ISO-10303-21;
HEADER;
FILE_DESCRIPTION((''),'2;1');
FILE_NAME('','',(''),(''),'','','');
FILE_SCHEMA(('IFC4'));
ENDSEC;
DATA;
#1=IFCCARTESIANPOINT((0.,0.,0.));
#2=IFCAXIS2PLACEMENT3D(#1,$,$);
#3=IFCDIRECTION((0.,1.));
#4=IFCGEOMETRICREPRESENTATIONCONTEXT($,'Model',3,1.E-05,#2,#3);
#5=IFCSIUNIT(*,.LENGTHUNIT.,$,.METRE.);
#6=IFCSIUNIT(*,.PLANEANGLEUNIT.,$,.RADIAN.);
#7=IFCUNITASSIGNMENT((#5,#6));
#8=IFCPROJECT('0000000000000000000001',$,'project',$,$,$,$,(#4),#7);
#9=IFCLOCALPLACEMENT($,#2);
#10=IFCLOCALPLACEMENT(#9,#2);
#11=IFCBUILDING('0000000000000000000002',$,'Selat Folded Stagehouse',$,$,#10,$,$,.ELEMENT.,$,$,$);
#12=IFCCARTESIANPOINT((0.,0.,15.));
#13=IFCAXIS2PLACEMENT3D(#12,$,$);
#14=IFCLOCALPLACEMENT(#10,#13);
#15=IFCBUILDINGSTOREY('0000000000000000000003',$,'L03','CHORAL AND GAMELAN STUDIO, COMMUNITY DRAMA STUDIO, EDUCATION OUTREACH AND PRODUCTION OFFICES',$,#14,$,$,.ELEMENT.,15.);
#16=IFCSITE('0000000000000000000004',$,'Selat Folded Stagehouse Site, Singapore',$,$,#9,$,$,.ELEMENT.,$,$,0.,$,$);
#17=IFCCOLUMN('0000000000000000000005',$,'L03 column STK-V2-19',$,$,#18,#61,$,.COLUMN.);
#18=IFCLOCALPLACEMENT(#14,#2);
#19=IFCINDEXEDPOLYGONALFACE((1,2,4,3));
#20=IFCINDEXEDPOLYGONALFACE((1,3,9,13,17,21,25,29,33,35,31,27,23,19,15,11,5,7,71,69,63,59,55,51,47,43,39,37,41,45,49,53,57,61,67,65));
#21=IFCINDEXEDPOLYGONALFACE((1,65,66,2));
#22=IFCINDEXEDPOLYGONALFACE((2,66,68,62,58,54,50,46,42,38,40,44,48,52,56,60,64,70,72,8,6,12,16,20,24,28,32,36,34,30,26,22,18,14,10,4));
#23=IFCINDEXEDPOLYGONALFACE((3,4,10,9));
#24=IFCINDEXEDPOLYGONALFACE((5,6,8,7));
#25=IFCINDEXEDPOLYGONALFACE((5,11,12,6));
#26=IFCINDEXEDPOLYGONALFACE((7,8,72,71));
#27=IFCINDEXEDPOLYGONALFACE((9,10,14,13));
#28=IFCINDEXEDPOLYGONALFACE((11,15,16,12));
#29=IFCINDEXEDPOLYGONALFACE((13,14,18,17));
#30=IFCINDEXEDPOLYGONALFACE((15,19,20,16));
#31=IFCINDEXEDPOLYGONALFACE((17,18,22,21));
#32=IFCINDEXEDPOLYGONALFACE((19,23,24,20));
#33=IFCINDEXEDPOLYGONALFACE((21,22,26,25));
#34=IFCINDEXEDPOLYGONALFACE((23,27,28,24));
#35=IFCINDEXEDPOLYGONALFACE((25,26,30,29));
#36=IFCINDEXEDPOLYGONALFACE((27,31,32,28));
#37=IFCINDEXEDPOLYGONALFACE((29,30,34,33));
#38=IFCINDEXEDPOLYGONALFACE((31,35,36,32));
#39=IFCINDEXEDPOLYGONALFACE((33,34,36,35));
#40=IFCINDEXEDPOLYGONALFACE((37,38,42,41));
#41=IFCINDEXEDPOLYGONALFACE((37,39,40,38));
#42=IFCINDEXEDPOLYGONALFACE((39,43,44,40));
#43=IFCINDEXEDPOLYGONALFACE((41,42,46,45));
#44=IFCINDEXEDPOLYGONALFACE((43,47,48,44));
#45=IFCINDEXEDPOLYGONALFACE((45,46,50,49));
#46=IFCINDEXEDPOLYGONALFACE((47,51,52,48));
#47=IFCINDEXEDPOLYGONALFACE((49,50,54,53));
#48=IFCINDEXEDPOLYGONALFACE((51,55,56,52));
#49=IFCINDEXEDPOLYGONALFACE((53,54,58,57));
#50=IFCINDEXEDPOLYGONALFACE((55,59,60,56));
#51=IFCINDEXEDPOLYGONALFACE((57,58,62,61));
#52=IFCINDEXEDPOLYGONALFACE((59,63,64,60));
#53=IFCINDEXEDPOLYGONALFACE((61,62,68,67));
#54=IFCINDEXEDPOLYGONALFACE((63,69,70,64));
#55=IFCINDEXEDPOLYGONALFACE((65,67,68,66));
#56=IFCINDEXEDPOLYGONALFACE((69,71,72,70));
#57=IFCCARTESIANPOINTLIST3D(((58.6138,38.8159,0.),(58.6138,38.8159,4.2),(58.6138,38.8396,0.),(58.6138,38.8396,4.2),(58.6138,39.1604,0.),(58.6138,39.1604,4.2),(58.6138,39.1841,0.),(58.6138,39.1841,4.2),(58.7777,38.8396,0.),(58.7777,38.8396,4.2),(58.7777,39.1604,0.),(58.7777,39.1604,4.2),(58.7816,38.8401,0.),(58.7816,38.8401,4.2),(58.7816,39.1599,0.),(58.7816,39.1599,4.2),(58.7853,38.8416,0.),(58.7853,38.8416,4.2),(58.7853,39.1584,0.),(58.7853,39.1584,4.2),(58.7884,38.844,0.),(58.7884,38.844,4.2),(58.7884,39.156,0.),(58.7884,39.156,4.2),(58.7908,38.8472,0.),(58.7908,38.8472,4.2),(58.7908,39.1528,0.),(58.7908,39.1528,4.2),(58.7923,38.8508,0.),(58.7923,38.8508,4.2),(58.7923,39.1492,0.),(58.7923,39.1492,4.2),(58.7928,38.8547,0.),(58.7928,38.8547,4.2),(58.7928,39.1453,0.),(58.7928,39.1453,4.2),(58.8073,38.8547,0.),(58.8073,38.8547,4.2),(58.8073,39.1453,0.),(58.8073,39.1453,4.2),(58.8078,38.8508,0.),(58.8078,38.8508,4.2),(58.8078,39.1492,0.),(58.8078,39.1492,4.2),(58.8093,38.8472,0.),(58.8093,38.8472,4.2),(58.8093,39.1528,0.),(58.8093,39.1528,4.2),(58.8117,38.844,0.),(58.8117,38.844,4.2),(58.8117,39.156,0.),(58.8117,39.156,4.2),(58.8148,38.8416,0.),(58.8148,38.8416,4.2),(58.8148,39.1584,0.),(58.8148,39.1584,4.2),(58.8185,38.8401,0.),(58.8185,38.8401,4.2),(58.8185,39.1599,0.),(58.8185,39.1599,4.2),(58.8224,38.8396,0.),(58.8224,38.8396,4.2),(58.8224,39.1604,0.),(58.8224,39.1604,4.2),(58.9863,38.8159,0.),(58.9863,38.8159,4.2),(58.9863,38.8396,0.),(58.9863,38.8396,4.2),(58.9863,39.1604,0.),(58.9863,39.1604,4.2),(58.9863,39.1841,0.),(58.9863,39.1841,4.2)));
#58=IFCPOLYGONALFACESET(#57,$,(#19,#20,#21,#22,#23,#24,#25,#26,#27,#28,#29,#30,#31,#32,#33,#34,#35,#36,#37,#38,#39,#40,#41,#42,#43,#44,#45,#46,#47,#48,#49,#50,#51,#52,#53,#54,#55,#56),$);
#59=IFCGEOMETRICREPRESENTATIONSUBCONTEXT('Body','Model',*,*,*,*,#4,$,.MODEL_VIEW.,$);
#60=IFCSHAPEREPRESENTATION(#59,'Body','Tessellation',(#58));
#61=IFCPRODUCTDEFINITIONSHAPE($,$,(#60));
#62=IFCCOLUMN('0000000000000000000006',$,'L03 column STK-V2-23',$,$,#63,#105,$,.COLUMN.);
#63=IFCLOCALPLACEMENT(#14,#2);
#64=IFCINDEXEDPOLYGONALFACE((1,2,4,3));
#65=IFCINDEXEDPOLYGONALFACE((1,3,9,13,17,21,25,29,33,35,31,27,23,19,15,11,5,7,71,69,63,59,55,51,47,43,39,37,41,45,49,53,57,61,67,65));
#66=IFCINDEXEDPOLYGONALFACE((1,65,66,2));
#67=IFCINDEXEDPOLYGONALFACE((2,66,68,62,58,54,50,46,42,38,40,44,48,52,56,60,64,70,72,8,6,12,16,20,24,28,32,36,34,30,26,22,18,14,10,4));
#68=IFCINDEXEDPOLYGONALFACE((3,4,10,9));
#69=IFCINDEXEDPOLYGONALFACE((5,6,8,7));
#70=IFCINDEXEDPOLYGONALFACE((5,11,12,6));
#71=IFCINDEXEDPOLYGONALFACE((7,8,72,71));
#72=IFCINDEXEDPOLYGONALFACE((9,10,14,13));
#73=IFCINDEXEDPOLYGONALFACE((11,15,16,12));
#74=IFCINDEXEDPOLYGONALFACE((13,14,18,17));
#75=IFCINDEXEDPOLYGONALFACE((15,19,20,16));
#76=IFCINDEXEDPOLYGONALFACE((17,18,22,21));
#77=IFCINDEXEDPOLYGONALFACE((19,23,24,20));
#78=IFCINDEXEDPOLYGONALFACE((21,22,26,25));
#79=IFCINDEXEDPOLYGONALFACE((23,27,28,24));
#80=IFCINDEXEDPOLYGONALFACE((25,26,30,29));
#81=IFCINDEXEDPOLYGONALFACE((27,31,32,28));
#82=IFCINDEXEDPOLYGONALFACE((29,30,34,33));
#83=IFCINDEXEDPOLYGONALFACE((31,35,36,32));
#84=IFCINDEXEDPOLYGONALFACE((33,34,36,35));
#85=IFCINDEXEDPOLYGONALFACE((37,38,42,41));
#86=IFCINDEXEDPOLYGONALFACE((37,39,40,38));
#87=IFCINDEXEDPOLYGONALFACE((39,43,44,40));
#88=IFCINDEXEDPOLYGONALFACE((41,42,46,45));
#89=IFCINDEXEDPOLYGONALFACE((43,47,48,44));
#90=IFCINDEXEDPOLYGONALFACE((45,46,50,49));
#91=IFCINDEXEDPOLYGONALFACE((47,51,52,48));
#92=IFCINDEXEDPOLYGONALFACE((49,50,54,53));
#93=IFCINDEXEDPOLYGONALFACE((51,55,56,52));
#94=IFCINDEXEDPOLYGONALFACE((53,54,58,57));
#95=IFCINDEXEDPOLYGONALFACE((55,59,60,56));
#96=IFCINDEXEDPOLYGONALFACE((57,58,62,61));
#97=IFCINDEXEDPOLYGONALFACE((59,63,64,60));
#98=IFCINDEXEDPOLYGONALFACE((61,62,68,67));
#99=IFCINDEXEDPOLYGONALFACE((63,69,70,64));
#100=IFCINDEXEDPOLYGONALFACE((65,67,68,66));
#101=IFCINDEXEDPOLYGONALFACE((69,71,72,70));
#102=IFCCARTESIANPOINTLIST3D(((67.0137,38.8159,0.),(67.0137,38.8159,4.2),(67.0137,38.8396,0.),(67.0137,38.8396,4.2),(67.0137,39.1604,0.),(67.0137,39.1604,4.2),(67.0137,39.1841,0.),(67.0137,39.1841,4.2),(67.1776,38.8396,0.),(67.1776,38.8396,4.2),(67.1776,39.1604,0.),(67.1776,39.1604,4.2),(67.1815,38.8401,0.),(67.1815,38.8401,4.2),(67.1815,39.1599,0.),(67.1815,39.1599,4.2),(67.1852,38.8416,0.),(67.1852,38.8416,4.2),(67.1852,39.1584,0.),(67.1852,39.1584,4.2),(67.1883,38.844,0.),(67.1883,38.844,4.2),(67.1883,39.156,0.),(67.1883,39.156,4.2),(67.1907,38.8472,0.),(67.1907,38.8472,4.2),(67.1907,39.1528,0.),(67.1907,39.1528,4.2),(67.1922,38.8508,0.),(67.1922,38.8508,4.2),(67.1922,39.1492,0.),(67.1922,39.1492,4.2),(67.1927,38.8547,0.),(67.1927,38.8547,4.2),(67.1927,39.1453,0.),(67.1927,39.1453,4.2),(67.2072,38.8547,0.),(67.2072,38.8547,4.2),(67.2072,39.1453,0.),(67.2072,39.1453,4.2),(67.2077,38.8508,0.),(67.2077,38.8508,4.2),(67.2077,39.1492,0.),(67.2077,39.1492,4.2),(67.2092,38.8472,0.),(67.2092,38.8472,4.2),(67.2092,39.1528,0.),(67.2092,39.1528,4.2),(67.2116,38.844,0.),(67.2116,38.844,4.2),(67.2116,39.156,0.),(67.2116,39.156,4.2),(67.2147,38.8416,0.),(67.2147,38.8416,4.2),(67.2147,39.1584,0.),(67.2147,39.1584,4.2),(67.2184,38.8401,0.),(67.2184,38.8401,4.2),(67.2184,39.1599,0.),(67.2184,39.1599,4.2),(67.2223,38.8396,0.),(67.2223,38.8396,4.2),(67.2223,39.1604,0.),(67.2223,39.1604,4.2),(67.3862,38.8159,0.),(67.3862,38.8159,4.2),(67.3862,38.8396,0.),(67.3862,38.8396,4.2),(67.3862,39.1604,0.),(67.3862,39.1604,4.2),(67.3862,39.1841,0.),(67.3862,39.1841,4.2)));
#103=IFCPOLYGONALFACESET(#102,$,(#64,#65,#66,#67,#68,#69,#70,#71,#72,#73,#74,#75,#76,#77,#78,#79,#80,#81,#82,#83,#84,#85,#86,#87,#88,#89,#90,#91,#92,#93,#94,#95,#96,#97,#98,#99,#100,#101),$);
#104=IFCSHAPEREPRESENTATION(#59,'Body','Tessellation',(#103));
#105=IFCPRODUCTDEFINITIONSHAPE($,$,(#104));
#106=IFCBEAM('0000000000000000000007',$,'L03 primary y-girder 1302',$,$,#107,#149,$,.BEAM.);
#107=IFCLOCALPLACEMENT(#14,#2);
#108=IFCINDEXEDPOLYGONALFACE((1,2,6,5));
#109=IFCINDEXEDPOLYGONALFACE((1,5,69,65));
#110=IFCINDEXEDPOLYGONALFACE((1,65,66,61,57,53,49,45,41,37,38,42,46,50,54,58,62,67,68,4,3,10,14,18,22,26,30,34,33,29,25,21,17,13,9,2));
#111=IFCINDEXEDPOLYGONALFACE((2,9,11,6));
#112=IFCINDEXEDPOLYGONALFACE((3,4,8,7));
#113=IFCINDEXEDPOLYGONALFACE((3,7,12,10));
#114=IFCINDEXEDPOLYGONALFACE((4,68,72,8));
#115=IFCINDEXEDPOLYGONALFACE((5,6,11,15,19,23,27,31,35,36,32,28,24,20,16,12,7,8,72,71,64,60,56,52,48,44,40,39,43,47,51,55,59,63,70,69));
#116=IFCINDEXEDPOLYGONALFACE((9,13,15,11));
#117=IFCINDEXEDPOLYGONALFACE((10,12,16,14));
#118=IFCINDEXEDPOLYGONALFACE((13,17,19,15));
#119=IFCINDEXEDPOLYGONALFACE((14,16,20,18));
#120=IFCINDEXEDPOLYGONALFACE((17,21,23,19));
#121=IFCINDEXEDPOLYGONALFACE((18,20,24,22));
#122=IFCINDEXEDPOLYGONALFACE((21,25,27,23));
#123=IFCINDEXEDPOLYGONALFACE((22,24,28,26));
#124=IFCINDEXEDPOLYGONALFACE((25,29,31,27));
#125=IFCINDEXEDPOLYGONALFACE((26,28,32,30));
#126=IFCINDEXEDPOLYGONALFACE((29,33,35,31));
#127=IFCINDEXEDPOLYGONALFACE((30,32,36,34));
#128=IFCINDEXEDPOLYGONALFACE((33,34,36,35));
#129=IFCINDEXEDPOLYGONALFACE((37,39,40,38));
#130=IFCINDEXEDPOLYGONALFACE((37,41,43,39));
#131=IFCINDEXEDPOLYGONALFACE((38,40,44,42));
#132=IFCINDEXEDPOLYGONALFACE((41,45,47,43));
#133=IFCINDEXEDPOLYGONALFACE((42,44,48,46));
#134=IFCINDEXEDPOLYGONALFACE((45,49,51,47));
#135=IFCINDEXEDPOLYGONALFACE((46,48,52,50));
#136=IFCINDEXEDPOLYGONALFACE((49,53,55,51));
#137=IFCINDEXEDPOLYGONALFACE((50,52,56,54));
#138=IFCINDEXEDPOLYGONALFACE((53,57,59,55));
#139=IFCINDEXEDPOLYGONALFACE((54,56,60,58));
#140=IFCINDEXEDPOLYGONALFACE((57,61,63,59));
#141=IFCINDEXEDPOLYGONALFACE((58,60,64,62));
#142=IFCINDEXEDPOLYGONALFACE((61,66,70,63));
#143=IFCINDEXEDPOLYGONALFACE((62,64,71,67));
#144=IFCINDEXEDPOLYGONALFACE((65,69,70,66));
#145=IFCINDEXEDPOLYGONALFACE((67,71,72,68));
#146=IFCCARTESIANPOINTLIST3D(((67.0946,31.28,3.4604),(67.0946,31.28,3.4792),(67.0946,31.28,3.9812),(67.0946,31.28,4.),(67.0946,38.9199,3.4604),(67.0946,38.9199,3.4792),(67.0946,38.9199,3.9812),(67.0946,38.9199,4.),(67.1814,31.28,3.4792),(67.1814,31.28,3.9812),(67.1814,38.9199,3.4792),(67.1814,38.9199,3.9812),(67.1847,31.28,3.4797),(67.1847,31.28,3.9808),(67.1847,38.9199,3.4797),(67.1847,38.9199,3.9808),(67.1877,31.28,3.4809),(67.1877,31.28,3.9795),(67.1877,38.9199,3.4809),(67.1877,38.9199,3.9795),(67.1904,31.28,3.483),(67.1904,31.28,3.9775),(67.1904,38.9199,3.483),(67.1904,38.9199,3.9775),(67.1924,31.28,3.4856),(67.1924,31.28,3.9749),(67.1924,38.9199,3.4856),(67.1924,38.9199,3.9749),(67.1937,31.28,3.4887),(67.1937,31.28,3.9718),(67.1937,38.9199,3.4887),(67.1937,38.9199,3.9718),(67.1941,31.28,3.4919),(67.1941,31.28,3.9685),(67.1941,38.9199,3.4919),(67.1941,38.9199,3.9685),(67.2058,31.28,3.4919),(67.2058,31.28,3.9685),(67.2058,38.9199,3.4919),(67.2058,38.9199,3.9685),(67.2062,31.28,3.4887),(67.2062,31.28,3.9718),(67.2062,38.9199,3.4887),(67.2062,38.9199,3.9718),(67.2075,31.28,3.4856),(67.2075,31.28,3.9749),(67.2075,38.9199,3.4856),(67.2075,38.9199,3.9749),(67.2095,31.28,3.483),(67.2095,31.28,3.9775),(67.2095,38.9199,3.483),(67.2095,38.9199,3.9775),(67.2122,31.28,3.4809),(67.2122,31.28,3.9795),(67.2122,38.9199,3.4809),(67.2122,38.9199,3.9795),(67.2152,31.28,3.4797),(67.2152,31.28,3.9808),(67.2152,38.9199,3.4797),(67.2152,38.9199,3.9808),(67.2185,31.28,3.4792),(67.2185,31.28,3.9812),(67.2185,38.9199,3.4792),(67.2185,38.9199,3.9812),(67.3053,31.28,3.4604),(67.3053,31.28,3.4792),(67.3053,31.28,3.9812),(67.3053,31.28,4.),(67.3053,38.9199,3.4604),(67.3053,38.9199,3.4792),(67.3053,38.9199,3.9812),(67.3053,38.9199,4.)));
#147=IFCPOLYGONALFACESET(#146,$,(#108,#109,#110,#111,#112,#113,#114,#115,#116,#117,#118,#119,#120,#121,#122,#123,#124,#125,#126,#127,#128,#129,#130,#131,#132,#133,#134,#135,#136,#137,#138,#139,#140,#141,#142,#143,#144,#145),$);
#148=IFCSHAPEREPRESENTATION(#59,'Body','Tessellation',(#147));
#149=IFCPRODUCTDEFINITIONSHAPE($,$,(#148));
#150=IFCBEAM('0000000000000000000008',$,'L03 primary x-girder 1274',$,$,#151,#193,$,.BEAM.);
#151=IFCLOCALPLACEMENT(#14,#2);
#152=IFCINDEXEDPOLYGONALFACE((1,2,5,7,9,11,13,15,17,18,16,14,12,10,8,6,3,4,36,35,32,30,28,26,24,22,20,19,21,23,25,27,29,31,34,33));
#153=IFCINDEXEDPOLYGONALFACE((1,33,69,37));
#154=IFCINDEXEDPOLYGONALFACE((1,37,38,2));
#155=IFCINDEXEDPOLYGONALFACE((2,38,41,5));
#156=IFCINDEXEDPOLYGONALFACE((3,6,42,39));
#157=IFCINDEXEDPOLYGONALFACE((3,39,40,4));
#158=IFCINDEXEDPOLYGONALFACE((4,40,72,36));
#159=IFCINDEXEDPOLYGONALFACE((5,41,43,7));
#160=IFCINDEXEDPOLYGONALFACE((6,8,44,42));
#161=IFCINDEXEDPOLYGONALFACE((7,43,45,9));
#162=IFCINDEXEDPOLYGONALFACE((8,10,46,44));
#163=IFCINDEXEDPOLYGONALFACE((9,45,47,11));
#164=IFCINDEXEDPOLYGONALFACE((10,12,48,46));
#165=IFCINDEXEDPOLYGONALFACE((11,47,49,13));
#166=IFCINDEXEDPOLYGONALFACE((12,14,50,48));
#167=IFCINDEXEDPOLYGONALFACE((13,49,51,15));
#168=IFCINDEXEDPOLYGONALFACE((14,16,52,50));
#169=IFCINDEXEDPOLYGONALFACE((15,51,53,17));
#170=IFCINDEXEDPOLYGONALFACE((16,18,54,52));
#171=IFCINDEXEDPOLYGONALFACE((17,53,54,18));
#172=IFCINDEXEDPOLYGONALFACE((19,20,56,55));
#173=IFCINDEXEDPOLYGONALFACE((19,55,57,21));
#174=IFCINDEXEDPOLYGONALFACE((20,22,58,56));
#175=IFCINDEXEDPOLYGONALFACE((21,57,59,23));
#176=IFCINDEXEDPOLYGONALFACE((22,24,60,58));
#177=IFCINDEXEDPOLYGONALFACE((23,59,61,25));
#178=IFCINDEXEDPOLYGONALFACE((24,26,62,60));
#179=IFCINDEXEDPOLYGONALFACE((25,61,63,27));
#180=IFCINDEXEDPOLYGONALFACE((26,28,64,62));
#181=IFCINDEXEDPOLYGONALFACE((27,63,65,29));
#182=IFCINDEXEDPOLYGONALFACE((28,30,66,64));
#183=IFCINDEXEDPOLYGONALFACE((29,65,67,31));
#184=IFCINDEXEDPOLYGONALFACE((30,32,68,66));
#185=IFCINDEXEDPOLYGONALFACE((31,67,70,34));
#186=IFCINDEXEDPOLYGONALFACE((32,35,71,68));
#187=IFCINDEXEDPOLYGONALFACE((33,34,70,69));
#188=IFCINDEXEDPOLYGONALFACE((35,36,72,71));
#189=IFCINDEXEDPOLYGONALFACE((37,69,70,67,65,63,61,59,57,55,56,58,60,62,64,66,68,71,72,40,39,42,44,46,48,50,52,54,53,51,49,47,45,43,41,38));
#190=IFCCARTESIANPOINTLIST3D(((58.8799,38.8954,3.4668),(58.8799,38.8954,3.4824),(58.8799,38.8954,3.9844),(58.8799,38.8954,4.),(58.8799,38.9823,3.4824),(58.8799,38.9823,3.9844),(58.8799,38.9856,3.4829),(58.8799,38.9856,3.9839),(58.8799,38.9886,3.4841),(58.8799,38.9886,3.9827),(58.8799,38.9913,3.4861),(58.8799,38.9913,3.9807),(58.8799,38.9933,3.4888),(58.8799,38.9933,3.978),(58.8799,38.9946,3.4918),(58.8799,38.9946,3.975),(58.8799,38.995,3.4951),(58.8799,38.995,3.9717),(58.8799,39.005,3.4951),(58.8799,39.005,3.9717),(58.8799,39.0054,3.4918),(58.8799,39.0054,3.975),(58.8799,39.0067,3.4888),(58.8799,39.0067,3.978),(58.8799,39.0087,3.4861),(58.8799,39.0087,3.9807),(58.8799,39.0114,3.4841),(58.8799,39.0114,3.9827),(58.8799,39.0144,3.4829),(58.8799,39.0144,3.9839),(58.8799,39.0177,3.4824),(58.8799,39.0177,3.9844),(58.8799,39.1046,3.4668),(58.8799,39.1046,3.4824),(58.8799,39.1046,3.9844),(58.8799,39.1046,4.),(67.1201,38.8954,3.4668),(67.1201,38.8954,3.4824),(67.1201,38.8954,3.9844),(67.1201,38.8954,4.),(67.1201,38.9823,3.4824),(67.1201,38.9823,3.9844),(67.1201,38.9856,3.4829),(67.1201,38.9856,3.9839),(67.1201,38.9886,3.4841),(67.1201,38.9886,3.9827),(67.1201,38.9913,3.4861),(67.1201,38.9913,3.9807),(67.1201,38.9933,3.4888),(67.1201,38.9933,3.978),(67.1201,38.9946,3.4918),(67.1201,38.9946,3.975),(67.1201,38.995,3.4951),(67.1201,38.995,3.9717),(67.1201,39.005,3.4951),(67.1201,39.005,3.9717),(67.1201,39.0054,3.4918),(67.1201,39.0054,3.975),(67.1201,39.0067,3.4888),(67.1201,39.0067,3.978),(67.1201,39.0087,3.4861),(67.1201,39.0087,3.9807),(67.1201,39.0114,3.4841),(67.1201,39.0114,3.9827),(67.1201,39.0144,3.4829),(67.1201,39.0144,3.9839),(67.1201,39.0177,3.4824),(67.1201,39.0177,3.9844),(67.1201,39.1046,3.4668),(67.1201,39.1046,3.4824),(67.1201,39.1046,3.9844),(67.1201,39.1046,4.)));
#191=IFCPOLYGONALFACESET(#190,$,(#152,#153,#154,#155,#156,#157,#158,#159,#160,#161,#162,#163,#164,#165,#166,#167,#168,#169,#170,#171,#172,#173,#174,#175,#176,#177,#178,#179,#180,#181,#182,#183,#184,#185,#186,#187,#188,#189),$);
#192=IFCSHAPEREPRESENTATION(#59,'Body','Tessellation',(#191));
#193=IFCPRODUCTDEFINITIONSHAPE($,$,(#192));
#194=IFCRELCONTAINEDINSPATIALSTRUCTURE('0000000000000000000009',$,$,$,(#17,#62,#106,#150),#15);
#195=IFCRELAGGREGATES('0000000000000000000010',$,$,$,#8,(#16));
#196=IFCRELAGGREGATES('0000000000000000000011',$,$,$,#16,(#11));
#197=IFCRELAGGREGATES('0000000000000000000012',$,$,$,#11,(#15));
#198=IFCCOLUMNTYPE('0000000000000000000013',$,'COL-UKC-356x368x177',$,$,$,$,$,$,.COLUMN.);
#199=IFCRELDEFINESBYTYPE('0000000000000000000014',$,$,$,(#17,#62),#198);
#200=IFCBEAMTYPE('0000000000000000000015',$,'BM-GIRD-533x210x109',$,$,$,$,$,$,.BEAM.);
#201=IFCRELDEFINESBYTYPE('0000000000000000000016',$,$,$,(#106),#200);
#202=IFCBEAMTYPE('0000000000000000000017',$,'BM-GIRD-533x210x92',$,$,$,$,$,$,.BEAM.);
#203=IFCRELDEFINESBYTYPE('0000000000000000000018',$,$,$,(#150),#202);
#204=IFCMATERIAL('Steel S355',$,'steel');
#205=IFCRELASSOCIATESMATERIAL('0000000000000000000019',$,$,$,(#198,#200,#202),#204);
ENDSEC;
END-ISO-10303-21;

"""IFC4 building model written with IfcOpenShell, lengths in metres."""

from ifc_helpers import new_model, si_unit, direction, frame, origin, origin_2d, place, context, subcontext, project, spatial, i_section, extrude, material, material_profile, profile_set, type_object, element, save


model = new_model("IFC4")

# Units and contexts
model_context = context("Model", 3, precision=1e-05, world=origin(), true_north=direction((0.0, 1.0)))
body_context = subcontext(model_context, "Body", "Model", "MODEL_VIEW")
ifc_project = project(units=[si_unit("LENGTHUNIT", "METRE"), si_unit("PLANEANGLEUNIT", "RADIAN")], contexts=[model_context])

# Site, building, storey
site_placement = place(None, origin())
site = spatial("IfcSite", under=ifc_project, at=site_placement, Name="Selat Folded Stagehouse Site, Singapore", CompositionType="ELEMENT", RefElevation=0.0)
building_placement = place(site_placement, origin())
building = spatial("IfcBuilding", under=site, at=building_placement, Name="Selat Folded Stagehouse", CompositionType="ELEMENT")
storey_placement = place(building_placement, frame((0.0, 0.0, 15.0)))
storey = spatial("IfcBuildingStorey", under=building, at=storey_placement, Name="L03", Description="CHORAL AND GAMELAN STUDIO, COMMUNITY DRAMA STUDIO, EDUCATION OUTREACH AND PRODUCTION OFFICES", CompositionType="ELEMENT", Elevation=15.0)

# Columns
ifc_material_1 = material(Name="Steel S355", Category="steel")
ifc_material_profile_1 = material_profile(ifc_material_1, i_section(OverallWidth=0.3726, OverallDepth=0.3682, WebThickness=0.0144, FlangeThickness=0.0237, FilletRadius=0.0151, at=origin_2d()), Name="UKC 356x368x177")
ifc_profile_set_1 = profile_set([ifc_material_profile_1], Name="Steel S355")
column_type = type_object("IfcColumnType", Name="COL-UKC-356x368x177", PredefinedType="COLUMN", material=ifc_profile_set_1)
for number, where, z_axis, x_axis, name in (
    (1, (58.8, 39.0, 0.0), (0.0, 0.0, 1.0), (1.0, 0.0, 0.0), "L03 column STK-V2-19"),
    (2, (67.2, 39.0, 0.0), (0.0, 0.0, 1.0), (1.0, 0.0, 0.0), "L03 column STK-V2-23"),
):
    element("IfcColumn", number, at=place(storey_placement, frame(where, z_axis=z_axis, x_axis=x_axis)), inside=storey, type_object=column_type, Name=name, PredefinedType="COLUMN", context=body_context, shape_type="SweptSolid", body=[
        extrude(i_section(OverallWidth=0.3726, OverallDepth=0.3682, WebThickness=0.0144, FlangeThickness=0.0237, FilletRadius=0.0151, at=origin_2d()), origin(), (0.0, 0.0, 1.0), 4.2),
    ])

# Beams
ifc_material_profile_2 = material_profile(ifc_material_1, i_section(OverallWidth=0.2107, OverallDepth=0.5396, WebThickness=0.0117, FlangeThickness=0.0188, FilletRadius=0.0127, at=origin_2d()), Name="UKB 533x210x109")
ifc_profile_set_2 = profile_set([ifc_material_profile_2], Name="Steel S355")
beam_type_1 = type_object("IfcBeamType", Name="BM-GIRD-533x210x109", PredefinedType="BEAM", material=ifc_profile_set_2)
beam_1_placement = place(storey_placement, frame((67.2, 31.28, 3.7302), z_axis=(0.0, 1.0, 0.0), x_axis=(-1.0, 0.0, 0.0)))
element("IfcBeam", 3, at=beam_1_placement, inside=storey, type_object=beam_type_1, Name="L03 primary y-girder 1302", PredefinedType="BEAM", context=body_context, shape_type="SweptSolid", body=[
    extrude(i_section(OverallWidth=0.2107, OverallDepth=0.5396, WebThickness=0.0117, FlangeThickness=0.0188, FilletRadius=0.0127, at=origin_2d()), origin(), (0.0, 0.0, 1.0), 7.6399),
])
ifc_material_profile_3 = material_profile(ifc_material_1, i_section(OverallWidth=0.2092, OverallDepth=0.5332, WebThickness=0.01, FlangeThickness=0.0156, FilletRadius=0.0127, at=origin_2d()), Name="UKB 533x210x92")
ifc_profile_set_3 = profile_set([ifc_material_profile_3], Name="Steel S355")
beam_type_2 = type_object("IfcBeamType", Name="BM-GIRD-533x210x92", PredefinedType="BEAM", material=ifc_profile_set_3)
beam_2_placement = place(storey_placement, frame((58.8799, 39.0, 3.7334), z_axis=(1.0, 0.0, 0.0), x_axis=(0.0, 1.0, 0.0)))
element("IfcBeam", 4, at=beam_2_placement, inside=storey, type_object=beam_type_2, Name="L03 primary x-girder 1274", PredefinedType="BEAM", context=body_context, shape_type="SweptSolid", body=[
    extrude(i_section(OverallWidth=0.2092, OverallDepth=0.5332, WebThickness=0.01, FlangeThickness=0.0156, FilletRadius=0.0127, at=origin_2d()), origin(), (0.0, 0.0, 1.0), 8.2402),
])

save(model, "model.ifc")
